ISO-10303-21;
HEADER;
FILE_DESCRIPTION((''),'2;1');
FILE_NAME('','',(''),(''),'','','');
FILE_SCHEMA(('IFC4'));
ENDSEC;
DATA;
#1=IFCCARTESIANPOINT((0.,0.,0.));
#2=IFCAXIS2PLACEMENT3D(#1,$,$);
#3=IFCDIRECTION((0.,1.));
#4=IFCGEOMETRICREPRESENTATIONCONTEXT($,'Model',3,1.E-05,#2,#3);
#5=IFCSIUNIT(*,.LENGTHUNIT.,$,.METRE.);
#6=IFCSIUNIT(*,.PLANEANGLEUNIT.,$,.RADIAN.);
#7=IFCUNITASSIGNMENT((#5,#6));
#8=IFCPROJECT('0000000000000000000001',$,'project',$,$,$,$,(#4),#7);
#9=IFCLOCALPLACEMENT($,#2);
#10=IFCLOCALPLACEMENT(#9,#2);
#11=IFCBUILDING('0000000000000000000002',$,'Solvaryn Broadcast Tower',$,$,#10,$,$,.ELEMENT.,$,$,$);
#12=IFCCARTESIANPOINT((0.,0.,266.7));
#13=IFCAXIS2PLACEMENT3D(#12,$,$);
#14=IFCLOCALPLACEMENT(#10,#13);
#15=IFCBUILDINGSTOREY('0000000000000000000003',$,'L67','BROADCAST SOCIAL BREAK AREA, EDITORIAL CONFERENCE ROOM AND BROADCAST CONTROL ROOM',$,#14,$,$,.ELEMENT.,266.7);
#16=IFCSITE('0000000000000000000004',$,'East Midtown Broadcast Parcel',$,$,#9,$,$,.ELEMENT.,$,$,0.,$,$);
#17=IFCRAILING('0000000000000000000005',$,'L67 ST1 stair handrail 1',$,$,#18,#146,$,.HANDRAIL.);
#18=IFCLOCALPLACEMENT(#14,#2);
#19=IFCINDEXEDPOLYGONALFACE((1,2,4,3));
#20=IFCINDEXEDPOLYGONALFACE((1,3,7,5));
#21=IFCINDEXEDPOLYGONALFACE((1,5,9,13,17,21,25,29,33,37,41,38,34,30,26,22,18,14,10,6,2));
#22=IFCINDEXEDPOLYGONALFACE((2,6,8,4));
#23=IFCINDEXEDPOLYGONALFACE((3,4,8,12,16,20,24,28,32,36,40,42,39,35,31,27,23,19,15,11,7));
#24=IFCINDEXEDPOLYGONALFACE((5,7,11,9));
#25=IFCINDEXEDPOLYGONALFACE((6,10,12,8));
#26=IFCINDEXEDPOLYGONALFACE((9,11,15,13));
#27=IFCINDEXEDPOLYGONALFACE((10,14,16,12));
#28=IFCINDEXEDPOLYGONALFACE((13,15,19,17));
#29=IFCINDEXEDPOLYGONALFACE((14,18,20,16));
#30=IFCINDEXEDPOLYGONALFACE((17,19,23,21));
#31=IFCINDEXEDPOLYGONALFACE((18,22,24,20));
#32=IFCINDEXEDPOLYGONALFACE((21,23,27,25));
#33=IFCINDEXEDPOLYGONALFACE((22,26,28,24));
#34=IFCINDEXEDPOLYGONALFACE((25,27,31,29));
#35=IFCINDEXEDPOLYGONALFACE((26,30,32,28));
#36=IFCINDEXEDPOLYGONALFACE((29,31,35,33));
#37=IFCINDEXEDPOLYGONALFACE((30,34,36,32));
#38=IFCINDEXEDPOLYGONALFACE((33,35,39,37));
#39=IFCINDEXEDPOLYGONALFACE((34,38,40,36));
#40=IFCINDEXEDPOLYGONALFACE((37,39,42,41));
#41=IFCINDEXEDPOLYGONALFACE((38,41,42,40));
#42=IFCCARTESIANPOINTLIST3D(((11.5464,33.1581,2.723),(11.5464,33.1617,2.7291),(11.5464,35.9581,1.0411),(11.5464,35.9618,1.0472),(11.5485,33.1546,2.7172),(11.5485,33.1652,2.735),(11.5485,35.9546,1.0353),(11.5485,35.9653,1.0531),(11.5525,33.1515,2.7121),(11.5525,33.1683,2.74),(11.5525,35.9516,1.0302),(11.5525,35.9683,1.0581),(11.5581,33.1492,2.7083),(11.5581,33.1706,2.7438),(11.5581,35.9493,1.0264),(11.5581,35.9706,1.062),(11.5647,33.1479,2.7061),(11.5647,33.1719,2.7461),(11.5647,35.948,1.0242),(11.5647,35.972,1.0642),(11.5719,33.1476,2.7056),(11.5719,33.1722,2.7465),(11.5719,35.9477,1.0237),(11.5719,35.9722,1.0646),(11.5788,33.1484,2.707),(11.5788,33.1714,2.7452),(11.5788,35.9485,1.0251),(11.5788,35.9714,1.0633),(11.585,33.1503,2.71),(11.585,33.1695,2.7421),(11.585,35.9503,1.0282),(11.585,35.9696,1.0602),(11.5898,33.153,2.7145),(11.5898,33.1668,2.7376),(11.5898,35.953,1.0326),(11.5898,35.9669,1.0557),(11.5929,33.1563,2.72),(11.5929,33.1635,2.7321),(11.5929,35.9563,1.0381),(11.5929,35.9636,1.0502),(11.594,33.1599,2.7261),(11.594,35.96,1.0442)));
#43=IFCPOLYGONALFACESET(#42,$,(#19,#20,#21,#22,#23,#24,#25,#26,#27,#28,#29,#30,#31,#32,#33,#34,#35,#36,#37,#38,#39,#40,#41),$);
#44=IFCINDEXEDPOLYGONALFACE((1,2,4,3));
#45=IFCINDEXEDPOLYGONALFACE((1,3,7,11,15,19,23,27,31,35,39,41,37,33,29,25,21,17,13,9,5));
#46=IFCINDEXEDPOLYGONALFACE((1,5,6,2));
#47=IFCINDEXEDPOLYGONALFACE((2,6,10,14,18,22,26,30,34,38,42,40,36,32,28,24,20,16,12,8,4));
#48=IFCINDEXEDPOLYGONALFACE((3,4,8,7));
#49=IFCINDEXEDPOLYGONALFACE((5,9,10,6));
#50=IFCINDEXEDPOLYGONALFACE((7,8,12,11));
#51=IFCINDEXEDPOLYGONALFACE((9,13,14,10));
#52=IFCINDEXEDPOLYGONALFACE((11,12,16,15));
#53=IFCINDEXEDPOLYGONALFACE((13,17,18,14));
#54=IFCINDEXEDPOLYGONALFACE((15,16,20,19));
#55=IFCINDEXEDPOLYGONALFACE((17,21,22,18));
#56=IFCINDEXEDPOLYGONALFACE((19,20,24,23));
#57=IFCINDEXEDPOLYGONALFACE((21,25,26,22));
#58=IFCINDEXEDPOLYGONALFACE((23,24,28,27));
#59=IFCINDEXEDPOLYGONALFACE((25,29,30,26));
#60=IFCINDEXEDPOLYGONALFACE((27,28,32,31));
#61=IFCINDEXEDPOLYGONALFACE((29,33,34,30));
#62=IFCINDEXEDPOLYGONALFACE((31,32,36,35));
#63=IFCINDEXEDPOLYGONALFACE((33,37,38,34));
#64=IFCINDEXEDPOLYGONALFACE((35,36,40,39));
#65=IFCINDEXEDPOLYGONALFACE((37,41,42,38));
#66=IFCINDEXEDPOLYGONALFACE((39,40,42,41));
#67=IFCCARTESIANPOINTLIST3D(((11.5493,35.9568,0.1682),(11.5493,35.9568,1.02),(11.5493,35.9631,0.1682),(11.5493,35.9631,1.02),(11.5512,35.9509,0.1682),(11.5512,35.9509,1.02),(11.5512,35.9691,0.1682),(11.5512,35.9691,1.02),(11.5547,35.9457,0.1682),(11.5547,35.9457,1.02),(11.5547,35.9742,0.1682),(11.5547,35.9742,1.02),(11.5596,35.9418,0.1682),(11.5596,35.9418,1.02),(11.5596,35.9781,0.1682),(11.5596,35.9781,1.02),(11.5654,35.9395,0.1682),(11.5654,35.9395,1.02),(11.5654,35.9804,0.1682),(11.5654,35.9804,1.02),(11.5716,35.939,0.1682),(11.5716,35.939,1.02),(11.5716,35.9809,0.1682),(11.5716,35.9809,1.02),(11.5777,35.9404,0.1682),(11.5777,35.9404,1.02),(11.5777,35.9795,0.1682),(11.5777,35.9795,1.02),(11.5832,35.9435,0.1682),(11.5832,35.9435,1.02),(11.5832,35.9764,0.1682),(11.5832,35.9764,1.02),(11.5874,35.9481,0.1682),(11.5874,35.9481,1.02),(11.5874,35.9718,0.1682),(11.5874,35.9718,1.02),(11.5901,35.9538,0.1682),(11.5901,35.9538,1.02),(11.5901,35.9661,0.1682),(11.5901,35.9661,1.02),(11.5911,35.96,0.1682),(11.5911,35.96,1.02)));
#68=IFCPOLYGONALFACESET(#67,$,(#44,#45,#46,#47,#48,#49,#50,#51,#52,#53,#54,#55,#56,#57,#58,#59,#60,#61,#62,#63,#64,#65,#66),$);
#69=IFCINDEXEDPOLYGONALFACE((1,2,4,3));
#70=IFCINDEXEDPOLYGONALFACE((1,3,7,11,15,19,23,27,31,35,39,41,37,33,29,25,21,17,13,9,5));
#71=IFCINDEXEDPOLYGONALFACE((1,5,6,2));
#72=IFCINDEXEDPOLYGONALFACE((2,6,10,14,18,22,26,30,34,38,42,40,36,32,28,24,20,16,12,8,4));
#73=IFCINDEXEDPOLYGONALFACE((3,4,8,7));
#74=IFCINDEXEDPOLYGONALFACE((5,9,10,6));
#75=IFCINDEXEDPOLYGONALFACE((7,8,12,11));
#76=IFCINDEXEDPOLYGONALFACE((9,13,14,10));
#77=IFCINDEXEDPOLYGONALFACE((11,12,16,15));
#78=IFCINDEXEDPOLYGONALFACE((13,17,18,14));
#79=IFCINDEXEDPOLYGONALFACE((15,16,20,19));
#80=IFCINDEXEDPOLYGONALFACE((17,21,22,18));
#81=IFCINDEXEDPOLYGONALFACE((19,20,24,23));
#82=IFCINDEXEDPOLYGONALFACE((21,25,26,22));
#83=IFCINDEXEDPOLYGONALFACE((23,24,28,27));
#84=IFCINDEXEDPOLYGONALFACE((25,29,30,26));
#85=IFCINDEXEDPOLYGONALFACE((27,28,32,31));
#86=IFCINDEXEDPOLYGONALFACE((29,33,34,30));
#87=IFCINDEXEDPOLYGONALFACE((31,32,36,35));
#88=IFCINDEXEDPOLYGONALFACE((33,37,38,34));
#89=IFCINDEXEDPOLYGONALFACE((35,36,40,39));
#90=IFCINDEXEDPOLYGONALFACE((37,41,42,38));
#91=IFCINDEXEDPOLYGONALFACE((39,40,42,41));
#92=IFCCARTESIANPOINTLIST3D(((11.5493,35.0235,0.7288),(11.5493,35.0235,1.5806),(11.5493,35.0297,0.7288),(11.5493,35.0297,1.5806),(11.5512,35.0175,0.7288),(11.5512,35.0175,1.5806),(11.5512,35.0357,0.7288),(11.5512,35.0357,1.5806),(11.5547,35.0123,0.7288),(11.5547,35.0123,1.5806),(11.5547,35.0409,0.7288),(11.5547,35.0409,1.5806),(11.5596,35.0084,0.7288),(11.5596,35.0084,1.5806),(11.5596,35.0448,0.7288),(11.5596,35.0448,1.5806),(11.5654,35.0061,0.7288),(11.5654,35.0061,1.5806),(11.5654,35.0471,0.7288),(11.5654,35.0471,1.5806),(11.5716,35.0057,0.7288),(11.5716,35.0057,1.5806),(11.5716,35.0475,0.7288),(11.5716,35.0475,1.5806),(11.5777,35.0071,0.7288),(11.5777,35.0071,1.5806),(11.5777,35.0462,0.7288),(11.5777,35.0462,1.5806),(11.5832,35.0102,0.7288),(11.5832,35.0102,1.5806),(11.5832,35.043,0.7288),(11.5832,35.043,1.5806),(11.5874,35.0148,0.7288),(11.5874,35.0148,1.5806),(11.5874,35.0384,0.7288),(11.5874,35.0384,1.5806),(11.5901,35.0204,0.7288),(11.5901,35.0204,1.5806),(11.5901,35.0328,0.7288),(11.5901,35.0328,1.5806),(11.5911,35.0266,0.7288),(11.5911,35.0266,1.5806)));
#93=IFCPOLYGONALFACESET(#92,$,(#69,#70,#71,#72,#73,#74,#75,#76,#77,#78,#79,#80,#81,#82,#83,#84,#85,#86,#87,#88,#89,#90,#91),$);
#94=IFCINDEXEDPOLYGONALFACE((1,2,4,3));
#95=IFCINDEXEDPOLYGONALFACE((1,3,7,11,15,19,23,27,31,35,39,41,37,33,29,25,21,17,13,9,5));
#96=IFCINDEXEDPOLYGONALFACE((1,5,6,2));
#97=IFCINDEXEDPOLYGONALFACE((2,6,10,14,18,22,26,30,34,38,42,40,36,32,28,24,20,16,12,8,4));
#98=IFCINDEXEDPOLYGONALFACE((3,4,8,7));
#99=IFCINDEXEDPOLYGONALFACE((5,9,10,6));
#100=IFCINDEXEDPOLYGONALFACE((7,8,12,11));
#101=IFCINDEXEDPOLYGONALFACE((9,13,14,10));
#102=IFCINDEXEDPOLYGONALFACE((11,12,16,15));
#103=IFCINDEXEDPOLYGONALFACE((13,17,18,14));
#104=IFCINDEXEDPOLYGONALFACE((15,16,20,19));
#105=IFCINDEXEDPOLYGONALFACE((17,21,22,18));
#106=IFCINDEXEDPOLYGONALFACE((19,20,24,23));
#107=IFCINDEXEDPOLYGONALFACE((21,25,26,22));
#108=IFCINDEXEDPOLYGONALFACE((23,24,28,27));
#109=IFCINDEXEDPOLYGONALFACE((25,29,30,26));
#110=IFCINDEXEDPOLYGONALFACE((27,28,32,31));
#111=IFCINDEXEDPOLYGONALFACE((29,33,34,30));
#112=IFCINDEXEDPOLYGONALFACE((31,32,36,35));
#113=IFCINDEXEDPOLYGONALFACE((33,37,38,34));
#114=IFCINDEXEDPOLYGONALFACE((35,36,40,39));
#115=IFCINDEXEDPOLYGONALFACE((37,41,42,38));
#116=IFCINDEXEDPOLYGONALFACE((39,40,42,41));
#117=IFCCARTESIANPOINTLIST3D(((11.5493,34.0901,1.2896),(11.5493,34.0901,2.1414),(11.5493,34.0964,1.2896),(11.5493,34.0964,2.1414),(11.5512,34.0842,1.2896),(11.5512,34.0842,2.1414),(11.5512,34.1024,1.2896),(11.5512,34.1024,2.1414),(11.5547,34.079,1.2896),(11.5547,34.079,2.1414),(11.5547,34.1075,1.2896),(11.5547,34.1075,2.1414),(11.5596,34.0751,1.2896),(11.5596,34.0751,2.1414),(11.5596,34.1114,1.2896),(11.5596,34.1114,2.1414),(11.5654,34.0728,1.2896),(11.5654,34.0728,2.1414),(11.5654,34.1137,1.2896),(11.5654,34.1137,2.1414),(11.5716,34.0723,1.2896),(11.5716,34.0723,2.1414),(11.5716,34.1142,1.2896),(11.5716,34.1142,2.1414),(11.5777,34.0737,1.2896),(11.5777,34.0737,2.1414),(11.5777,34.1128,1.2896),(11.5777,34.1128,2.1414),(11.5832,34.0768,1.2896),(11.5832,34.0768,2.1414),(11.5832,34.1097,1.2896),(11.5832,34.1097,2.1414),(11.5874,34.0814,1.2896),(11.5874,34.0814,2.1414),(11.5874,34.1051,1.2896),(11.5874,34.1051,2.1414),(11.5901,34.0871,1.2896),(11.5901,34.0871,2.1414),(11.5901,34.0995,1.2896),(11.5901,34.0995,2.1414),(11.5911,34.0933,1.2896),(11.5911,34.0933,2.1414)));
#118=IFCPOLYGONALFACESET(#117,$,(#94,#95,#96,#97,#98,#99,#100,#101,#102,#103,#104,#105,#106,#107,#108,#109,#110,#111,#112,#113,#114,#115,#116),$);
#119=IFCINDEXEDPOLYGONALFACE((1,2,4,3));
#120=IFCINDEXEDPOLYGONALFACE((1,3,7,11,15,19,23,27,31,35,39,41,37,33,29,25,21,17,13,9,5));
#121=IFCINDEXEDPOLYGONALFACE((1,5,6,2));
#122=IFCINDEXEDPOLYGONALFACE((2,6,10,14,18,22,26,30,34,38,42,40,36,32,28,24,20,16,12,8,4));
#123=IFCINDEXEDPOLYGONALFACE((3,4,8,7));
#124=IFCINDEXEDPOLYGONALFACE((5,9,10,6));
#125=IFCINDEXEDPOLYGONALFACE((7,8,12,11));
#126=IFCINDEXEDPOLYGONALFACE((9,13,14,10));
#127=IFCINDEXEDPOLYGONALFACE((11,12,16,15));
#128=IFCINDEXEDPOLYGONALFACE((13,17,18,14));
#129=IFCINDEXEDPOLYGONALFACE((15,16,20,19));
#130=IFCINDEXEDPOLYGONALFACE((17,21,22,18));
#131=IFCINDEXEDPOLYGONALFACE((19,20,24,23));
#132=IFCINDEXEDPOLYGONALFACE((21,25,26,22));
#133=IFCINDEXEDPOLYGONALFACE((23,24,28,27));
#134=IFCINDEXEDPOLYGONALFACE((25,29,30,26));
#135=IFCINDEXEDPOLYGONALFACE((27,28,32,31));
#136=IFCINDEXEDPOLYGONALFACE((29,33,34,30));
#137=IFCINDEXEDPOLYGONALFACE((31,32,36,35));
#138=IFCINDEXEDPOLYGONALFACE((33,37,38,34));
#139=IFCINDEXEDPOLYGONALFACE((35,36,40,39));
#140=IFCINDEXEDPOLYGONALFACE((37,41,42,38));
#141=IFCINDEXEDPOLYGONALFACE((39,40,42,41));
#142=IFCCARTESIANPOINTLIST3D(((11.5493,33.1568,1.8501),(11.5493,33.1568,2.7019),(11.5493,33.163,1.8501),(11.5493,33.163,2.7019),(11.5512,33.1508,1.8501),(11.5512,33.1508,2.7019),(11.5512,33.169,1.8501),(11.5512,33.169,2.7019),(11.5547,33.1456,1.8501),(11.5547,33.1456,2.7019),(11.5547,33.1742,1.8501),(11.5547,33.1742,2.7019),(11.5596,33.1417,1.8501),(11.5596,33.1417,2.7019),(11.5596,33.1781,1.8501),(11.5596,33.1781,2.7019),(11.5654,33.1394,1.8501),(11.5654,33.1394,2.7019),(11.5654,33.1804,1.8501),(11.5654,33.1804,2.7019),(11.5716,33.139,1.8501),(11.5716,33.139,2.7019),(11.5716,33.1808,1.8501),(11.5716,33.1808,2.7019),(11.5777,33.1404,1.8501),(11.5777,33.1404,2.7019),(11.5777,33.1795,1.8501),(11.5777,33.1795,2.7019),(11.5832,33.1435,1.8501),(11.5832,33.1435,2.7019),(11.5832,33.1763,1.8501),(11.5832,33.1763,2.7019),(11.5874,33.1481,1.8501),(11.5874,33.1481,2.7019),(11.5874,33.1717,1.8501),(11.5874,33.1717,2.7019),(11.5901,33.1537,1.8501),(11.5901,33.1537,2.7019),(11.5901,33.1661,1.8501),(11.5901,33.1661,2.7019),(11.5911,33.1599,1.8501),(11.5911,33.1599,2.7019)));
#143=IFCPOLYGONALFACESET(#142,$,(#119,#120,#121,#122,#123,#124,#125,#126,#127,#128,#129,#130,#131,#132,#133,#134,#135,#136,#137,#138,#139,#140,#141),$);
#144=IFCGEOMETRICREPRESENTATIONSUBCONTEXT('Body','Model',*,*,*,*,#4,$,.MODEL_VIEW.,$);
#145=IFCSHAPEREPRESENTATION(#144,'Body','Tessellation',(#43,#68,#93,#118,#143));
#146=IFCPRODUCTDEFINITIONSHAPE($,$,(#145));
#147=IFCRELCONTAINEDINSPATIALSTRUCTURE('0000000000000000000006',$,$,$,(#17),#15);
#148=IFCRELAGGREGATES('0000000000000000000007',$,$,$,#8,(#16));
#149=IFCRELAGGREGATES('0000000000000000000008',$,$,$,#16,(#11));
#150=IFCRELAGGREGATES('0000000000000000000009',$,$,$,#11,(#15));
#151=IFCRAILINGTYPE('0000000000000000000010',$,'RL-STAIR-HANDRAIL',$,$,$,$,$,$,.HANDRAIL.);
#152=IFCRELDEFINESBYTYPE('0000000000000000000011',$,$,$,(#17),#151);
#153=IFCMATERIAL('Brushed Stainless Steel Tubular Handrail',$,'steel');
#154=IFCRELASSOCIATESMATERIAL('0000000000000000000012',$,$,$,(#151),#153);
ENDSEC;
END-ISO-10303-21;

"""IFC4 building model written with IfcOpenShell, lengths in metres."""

from ifc_helpers import new_model, si_unit, direction, frame, origin, origin_2d, place, context, subcontext, project, spatial, circle, extrude, material, type_object, element, save


model = new_model("IFC4")

# Units and contexts
model_context = context("Model", 3, precision=1e-05, world=origin(), true_north=direction((0.0, 1.0)))
body_context = subcontext(model_context, "Body", "Model", "MODEL_VIEW")
ifc_project = project(units=[si_unit("LENGTHUNIT", "METRE"), si_unit("PLANEANGLEUNIT", "RADIAN")], contexts=[model_context])

# Site, building, storey
site_placement = place(None, origin())
site = spatial("IfcSite", under=ifc_project, at=site_placement, Name="East Midtown Broadcast Parcel", CompositionType="ELEMENT", RefElevation=0.0)
building_placement = place(site_placement, origin())
building = spatial("IfcBuilding", under=site, at=building_placement, Name="Solvaryn Broadcast Tower", CompositionType="ELEMENT")
storey_placement = place(building_placement, frame((0.0, 0.0, 266.7)))
storey = spatial("IfcBuildingStorey", under=building, at=storey_placement, Name="L67", Description="BROADCAST SOCIAL BREAK AREA, EDITORIAL CONFERENCE ROOM AND BROADCAST CONTROL ROOM", CompositionType="ELEMENT", Elevation=266.7)

# Railing
ifc_material_1 = material(Name="Brushed Stainless Steel Tubular Handrail", Category="steel")
railing_type_1 = type_object("IfcRailingType", Name="RL-STAIR-HANDRAIL", PredefinedType="HANDRAIL", material=ifc_material_1)
railing_1_placement = place(storey_placement, frame((11.5701, 35.96, 0.1682)))
element("IfcRailing", 1, at=railing_1_placement, inside=storey, type_object=railing_type_1, Name="L67 ST1 stair handrail 1", PredefinedType="HANDRAIL", context=body_context, shape_type="SweptSolid", body=[
    extrude(circle(Radius=0.0239, at=origin_2d()), frame((0.0, 0.0, 0.876), z_axis=(0.0, -0.857242, 0.514913), x_axis=(1.0, 0.0, 0.0)), (0.0, 0.0, 1.0), 3.2664),
    extrude(circle(Radius=0.021, at=origin_2d()), origin(), (0.0, 0.0, 1.0), 0.8518),
    extrude(circle(Radius=0.021, at=origin_2d()), frame((0.0, -0.9333, 0.5605)), (0.0, 0.0, 1.0), 0.8518),
    extrude(circle(Radius=0.021, at=origin_2d()), frame((0.0, -1.8667, 1.1213)), (0.0, 0.0, 1.0), 0.8518),
    extrude(circle(Radius=0.021, at=origin_2d()), frame((0.0, -2.8, 1.6819)), (0.0, 0.0, 1.0), 0.8518),
])

save(model, "model.ifc")
